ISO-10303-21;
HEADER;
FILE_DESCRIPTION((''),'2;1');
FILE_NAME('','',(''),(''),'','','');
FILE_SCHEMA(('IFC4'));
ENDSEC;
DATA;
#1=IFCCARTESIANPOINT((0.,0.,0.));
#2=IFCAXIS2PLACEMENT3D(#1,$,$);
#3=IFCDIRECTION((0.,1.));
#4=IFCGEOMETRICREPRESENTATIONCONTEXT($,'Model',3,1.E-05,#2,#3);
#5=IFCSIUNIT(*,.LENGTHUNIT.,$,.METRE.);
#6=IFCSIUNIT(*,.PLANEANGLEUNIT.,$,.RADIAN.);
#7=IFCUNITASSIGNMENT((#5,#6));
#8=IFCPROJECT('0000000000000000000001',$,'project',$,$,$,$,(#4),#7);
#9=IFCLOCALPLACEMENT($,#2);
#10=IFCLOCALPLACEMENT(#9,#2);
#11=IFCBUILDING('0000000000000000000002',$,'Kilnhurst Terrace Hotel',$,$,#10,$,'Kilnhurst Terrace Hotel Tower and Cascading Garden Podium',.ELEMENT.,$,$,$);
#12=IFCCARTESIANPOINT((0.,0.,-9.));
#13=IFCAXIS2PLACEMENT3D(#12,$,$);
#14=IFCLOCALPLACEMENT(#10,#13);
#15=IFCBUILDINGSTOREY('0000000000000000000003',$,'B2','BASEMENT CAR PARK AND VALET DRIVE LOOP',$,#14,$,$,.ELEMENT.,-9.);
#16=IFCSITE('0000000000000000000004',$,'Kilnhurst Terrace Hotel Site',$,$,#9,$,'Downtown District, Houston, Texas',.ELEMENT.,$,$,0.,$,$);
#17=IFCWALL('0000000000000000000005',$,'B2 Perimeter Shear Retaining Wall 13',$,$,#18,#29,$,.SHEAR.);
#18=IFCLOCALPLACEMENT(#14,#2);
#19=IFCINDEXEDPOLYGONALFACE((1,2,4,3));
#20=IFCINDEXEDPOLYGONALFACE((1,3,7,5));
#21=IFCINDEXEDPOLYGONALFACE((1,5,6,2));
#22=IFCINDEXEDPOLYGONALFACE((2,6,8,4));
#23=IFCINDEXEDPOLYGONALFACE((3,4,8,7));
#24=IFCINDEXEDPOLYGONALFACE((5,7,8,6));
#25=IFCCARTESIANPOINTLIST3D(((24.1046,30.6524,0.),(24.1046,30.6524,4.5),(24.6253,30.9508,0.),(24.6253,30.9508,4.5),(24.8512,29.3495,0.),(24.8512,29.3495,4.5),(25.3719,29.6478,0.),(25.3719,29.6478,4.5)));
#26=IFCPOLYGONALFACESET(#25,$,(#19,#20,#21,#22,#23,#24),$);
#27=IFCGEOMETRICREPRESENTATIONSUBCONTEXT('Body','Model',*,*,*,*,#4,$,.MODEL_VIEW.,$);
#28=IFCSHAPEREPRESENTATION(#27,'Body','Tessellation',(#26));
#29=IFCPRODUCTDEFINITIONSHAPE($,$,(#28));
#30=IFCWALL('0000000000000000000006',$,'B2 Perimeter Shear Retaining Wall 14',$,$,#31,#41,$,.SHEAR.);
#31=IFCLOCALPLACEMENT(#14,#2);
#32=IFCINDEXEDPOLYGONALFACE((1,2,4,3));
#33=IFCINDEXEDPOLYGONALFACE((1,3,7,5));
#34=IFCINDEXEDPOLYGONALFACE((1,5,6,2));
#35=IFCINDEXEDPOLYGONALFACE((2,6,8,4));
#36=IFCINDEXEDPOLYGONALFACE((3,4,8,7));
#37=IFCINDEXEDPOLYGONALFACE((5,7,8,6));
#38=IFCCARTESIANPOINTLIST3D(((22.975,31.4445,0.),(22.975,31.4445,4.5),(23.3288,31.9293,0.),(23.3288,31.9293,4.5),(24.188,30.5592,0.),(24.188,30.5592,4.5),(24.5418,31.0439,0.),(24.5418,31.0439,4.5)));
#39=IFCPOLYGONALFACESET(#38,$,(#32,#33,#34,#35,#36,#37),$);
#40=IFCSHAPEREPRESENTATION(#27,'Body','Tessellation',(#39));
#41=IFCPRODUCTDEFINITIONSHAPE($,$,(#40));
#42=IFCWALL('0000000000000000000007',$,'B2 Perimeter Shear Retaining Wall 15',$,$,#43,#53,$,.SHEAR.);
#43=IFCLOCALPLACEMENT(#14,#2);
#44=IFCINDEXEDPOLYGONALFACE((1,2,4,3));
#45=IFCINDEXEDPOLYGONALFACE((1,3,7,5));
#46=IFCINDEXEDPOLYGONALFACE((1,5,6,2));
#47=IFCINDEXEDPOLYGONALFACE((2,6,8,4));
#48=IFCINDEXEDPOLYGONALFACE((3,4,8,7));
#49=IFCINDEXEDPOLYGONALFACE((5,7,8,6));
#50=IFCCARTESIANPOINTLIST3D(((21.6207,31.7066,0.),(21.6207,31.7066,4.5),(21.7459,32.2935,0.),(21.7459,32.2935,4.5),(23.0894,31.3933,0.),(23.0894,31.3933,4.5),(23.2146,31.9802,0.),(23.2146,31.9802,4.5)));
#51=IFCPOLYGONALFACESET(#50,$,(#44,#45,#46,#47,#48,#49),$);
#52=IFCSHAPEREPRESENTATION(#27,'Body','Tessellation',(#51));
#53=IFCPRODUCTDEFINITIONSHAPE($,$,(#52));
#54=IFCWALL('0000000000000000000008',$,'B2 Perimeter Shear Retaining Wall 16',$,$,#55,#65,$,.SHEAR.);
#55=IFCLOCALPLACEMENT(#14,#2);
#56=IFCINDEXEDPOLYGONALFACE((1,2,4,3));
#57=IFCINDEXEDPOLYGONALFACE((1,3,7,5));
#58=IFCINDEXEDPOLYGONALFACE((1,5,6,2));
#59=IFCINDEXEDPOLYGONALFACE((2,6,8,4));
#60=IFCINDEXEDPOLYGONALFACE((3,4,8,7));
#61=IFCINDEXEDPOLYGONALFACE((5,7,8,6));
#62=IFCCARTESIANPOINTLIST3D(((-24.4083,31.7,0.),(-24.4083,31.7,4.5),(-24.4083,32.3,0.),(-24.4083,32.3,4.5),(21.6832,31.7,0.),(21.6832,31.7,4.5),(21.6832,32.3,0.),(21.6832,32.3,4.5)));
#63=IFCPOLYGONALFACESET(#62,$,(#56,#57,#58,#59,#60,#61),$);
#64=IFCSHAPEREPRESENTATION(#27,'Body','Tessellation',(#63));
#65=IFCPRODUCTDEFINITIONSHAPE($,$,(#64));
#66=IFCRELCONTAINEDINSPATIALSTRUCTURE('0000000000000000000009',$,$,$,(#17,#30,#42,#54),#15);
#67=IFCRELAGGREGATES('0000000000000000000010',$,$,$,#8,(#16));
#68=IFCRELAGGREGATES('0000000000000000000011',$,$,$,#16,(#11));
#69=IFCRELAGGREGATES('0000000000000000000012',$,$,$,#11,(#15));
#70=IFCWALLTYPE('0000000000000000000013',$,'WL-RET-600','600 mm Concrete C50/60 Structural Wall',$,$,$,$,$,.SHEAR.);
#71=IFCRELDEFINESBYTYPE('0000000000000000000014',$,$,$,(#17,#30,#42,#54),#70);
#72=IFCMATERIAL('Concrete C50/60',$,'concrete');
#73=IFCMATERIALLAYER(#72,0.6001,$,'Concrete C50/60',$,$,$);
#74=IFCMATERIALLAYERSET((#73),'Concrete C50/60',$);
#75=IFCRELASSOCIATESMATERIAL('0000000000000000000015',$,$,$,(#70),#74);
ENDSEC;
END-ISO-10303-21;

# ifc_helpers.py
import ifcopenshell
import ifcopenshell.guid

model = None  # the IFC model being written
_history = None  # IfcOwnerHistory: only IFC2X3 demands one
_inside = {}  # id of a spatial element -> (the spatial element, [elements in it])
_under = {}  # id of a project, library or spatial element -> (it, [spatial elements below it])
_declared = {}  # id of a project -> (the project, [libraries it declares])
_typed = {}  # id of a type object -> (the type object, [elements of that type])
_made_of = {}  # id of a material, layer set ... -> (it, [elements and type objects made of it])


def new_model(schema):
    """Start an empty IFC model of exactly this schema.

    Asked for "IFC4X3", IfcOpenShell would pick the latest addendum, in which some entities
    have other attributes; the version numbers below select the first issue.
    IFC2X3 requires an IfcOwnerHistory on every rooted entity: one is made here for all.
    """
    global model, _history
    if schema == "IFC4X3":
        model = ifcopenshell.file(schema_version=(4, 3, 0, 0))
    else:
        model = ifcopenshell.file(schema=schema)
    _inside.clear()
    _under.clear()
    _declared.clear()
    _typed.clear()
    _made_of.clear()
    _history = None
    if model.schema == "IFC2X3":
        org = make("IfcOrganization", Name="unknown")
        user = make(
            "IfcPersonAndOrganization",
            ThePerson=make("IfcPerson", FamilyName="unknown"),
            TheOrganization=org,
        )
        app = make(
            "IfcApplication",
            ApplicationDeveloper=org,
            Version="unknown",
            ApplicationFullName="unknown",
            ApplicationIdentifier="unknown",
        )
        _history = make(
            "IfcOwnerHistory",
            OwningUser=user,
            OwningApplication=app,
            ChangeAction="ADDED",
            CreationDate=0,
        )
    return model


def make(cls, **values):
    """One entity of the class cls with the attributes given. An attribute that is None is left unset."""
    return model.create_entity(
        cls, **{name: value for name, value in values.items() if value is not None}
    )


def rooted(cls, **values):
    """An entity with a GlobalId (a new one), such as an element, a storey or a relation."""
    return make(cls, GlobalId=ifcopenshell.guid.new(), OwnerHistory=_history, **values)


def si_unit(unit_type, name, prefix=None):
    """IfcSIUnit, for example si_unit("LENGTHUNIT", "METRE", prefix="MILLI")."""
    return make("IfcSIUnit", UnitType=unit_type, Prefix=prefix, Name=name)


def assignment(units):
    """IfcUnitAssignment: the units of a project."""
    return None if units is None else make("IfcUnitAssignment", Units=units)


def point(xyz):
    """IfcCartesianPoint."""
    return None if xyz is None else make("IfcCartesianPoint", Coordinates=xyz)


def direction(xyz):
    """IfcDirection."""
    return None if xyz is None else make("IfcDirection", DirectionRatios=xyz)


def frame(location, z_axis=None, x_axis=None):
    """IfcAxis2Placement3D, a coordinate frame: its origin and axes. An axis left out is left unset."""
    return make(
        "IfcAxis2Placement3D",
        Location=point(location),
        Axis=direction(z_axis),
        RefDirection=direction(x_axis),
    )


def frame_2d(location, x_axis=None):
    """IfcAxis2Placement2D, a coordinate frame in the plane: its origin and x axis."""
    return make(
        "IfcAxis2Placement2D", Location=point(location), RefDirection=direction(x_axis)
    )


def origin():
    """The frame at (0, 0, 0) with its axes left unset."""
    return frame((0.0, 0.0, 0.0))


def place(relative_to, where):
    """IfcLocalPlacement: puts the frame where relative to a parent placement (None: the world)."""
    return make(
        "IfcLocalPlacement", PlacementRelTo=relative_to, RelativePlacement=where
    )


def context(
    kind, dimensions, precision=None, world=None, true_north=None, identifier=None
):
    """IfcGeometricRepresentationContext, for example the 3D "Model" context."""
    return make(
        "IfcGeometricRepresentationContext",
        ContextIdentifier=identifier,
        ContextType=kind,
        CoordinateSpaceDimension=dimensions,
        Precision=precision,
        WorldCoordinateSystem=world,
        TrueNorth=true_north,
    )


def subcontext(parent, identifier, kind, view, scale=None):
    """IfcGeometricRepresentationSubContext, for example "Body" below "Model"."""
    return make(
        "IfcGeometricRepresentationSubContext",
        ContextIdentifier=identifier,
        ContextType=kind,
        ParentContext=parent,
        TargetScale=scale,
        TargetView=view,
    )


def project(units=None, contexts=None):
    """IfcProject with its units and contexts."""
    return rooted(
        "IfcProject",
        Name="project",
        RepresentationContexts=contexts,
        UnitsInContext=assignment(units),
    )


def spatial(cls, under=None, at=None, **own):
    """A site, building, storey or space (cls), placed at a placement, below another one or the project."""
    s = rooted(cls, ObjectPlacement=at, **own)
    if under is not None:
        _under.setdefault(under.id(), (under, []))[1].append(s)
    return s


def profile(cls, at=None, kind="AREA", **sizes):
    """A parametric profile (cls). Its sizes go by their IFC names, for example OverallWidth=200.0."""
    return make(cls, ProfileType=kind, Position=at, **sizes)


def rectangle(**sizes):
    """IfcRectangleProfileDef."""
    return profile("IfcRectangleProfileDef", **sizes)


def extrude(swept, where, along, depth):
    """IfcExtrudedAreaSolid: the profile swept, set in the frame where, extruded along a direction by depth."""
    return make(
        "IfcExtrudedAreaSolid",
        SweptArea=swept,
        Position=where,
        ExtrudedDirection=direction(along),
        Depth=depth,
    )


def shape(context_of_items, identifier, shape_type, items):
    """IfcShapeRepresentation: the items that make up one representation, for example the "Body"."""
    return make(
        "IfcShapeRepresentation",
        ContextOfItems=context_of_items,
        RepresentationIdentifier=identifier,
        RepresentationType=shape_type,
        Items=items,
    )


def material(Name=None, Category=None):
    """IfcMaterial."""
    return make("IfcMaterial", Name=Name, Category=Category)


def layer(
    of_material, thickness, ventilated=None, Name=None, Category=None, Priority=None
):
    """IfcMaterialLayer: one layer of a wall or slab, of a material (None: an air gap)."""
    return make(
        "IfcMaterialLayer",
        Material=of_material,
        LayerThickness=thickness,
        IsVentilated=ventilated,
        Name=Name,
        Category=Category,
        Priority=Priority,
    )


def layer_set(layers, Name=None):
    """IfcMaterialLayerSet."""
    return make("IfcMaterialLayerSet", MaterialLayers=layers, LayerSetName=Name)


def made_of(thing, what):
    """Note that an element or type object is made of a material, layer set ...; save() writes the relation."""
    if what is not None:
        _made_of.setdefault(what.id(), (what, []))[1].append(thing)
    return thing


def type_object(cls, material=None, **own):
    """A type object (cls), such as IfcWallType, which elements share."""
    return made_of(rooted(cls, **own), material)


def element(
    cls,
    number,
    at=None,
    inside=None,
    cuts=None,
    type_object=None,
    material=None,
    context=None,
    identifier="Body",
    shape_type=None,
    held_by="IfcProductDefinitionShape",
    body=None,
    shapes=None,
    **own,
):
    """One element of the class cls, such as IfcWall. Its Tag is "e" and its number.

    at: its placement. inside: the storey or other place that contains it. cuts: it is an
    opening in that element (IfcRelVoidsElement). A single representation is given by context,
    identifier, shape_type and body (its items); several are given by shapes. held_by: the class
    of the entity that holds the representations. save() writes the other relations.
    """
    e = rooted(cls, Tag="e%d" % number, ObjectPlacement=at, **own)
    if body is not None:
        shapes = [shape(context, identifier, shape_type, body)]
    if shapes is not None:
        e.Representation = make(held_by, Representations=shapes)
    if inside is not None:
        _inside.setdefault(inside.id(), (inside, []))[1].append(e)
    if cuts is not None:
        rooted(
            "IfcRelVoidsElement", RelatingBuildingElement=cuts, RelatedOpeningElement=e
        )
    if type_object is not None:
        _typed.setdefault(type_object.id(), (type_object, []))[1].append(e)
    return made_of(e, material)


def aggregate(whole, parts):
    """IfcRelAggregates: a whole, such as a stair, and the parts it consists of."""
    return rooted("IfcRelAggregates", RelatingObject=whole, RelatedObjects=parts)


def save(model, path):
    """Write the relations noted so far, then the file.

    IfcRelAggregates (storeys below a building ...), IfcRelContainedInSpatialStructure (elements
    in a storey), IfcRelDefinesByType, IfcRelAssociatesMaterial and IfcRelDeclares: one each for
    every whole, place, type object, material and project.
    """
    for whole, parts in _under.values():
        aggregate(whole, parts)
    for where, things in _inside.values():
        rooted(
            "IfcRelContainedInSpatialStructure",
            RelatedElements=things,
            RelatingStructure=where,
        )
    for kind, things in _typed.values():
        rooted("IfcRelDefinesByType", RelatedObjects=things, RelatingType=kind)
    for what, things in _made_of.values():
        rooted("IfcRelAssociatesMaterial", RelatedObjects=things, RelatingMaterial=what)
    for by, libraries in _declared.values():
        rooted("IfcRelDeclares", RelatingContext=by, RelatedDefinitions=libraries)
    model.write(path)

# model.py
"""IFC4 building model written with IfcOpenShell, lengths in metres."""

from ifc_helpers import new_model, si_unit, direction, frame, frame_2d, origin, place, context, subcontext, project, spatial, rectangle, extrude, material, layer, layer_set, type_object, element, save


model = new_model("IFC4")

# Units and contexts
model_context = context("Model", 3, precision=1e-05, world=origin(), true_north=direction((0.0, 1.0)))
body_context = subcontext(model_context, "Body", "Model", "MODEL_VIEW")
ifc_project = project(units=[si_unit("LENGTHUNIT", "METRE"), si_unit("PLANEANGLEUNIT", "RADIAN")], contexts=[model_context])

# Site, building, storey
site_placement = place(None, origin())
site = spatial("IfcSite", under=ifc_project, at=site_placement, Name="Kilnhurst Terrace Hotel Site", LongName="Downtown District, Houston, Texas", CompositionType="ELEMENT", RefElevation=0.0)
building_placement = place(site_placement, origin())
building = spatial("IfcBuilding", under=site, at=building_placement, Name="Kilnhurst Terrace Hotel", LongName="Kilnhurst Terrace Hotel Tower and Cascading Garden Podium", CompositionType="ELEMENT")
storey_placement = place(building_placement, frame((0.0, 0.0, -9.0)))
storey = spatial("IfcBuildingStorey", under=building, at=storey_placement, Name="B2", Description="BASEMENT CAR PARK AND VALET DRIVE LOOP", CompositionType="ELEMENT", Elevation=-9.0)

# Shared definitions
ifc_material_1 = material(Name="Concrete C50/60", Category="concrete")

# Walls
ifc_layer_1 = layer(ifc_material_1, 0.6001, Name="Concrete C50/60")
ifc_layer_set_1 = layer_set([ifc_layer_1], Name="Concrete C50/60")
wall_type_1 = type_object("IfcWallType", Name="WL-RET-600", Description="600 mm Concrete C50/60 Structural Wall", PredefinedType="SHEAR", material=ifc_layer_set_1)
for number, where, z_axis, x_axis, name in (
    (1, (25.1116, 29.4985, 0.0), (0.0, 0.0, 1.0), (-0.497154, 0.867662, 0.0), "B2 Perimeter Shear Retaining Wall 13"),
    (2, (24.365, 30.8015, 0.0), (0.0, 0.0, 1.0), (-0.807737, 0.589544, 0.0), "B2 Perimeter Shear Retaining Wall 14"),
    (3, (23.1521, 31.6868, 0.0), (0.0, 0.0, 1.0), (-0.978007, 0.208574, 0.0), "B2 Perimeter Shear Retaining Wall 15"),
):
    element("IfcWall", number, at=place(storey_placement, frame(where, z_axis=z_axis, x_axis=x_axis)), inside=storey, type_object=wall_type_1, Name=name, PredefinedType="SHEAR", context=body_context, shape_type="SweptSolid", body=[
        extrude(rectangle(XDim=1.5017, YDim=0.6001, at=frame_2d((0.751, 0.0))), origin(), (0.0, 0.0, 1.0), 4.5),
    ])
wall_1_placement = place(storey_placement, frame((21.6833, 32.0, 0.0), z_axis=(0.0, 0.0, 1.0), x_axis=(-1.0, 0.0, 0.0)))
element("IfcWall", 4, at=wall_1_placement, inside=storey, type_object=wall_type_1, Name="B2 Perimeter Shear Retaining Wall 16", PredefinedType="SHEAR", context=body_context, shape_type="SweptSolid", body=[
    extrude(rectangle(XDim=46.0916, YDim=0.6001, at=frame_2d((23.0459, 0.0))), origin(), (0.0, 0.0, 1.0), 4.5),
])

save(model, "model.ifc")
